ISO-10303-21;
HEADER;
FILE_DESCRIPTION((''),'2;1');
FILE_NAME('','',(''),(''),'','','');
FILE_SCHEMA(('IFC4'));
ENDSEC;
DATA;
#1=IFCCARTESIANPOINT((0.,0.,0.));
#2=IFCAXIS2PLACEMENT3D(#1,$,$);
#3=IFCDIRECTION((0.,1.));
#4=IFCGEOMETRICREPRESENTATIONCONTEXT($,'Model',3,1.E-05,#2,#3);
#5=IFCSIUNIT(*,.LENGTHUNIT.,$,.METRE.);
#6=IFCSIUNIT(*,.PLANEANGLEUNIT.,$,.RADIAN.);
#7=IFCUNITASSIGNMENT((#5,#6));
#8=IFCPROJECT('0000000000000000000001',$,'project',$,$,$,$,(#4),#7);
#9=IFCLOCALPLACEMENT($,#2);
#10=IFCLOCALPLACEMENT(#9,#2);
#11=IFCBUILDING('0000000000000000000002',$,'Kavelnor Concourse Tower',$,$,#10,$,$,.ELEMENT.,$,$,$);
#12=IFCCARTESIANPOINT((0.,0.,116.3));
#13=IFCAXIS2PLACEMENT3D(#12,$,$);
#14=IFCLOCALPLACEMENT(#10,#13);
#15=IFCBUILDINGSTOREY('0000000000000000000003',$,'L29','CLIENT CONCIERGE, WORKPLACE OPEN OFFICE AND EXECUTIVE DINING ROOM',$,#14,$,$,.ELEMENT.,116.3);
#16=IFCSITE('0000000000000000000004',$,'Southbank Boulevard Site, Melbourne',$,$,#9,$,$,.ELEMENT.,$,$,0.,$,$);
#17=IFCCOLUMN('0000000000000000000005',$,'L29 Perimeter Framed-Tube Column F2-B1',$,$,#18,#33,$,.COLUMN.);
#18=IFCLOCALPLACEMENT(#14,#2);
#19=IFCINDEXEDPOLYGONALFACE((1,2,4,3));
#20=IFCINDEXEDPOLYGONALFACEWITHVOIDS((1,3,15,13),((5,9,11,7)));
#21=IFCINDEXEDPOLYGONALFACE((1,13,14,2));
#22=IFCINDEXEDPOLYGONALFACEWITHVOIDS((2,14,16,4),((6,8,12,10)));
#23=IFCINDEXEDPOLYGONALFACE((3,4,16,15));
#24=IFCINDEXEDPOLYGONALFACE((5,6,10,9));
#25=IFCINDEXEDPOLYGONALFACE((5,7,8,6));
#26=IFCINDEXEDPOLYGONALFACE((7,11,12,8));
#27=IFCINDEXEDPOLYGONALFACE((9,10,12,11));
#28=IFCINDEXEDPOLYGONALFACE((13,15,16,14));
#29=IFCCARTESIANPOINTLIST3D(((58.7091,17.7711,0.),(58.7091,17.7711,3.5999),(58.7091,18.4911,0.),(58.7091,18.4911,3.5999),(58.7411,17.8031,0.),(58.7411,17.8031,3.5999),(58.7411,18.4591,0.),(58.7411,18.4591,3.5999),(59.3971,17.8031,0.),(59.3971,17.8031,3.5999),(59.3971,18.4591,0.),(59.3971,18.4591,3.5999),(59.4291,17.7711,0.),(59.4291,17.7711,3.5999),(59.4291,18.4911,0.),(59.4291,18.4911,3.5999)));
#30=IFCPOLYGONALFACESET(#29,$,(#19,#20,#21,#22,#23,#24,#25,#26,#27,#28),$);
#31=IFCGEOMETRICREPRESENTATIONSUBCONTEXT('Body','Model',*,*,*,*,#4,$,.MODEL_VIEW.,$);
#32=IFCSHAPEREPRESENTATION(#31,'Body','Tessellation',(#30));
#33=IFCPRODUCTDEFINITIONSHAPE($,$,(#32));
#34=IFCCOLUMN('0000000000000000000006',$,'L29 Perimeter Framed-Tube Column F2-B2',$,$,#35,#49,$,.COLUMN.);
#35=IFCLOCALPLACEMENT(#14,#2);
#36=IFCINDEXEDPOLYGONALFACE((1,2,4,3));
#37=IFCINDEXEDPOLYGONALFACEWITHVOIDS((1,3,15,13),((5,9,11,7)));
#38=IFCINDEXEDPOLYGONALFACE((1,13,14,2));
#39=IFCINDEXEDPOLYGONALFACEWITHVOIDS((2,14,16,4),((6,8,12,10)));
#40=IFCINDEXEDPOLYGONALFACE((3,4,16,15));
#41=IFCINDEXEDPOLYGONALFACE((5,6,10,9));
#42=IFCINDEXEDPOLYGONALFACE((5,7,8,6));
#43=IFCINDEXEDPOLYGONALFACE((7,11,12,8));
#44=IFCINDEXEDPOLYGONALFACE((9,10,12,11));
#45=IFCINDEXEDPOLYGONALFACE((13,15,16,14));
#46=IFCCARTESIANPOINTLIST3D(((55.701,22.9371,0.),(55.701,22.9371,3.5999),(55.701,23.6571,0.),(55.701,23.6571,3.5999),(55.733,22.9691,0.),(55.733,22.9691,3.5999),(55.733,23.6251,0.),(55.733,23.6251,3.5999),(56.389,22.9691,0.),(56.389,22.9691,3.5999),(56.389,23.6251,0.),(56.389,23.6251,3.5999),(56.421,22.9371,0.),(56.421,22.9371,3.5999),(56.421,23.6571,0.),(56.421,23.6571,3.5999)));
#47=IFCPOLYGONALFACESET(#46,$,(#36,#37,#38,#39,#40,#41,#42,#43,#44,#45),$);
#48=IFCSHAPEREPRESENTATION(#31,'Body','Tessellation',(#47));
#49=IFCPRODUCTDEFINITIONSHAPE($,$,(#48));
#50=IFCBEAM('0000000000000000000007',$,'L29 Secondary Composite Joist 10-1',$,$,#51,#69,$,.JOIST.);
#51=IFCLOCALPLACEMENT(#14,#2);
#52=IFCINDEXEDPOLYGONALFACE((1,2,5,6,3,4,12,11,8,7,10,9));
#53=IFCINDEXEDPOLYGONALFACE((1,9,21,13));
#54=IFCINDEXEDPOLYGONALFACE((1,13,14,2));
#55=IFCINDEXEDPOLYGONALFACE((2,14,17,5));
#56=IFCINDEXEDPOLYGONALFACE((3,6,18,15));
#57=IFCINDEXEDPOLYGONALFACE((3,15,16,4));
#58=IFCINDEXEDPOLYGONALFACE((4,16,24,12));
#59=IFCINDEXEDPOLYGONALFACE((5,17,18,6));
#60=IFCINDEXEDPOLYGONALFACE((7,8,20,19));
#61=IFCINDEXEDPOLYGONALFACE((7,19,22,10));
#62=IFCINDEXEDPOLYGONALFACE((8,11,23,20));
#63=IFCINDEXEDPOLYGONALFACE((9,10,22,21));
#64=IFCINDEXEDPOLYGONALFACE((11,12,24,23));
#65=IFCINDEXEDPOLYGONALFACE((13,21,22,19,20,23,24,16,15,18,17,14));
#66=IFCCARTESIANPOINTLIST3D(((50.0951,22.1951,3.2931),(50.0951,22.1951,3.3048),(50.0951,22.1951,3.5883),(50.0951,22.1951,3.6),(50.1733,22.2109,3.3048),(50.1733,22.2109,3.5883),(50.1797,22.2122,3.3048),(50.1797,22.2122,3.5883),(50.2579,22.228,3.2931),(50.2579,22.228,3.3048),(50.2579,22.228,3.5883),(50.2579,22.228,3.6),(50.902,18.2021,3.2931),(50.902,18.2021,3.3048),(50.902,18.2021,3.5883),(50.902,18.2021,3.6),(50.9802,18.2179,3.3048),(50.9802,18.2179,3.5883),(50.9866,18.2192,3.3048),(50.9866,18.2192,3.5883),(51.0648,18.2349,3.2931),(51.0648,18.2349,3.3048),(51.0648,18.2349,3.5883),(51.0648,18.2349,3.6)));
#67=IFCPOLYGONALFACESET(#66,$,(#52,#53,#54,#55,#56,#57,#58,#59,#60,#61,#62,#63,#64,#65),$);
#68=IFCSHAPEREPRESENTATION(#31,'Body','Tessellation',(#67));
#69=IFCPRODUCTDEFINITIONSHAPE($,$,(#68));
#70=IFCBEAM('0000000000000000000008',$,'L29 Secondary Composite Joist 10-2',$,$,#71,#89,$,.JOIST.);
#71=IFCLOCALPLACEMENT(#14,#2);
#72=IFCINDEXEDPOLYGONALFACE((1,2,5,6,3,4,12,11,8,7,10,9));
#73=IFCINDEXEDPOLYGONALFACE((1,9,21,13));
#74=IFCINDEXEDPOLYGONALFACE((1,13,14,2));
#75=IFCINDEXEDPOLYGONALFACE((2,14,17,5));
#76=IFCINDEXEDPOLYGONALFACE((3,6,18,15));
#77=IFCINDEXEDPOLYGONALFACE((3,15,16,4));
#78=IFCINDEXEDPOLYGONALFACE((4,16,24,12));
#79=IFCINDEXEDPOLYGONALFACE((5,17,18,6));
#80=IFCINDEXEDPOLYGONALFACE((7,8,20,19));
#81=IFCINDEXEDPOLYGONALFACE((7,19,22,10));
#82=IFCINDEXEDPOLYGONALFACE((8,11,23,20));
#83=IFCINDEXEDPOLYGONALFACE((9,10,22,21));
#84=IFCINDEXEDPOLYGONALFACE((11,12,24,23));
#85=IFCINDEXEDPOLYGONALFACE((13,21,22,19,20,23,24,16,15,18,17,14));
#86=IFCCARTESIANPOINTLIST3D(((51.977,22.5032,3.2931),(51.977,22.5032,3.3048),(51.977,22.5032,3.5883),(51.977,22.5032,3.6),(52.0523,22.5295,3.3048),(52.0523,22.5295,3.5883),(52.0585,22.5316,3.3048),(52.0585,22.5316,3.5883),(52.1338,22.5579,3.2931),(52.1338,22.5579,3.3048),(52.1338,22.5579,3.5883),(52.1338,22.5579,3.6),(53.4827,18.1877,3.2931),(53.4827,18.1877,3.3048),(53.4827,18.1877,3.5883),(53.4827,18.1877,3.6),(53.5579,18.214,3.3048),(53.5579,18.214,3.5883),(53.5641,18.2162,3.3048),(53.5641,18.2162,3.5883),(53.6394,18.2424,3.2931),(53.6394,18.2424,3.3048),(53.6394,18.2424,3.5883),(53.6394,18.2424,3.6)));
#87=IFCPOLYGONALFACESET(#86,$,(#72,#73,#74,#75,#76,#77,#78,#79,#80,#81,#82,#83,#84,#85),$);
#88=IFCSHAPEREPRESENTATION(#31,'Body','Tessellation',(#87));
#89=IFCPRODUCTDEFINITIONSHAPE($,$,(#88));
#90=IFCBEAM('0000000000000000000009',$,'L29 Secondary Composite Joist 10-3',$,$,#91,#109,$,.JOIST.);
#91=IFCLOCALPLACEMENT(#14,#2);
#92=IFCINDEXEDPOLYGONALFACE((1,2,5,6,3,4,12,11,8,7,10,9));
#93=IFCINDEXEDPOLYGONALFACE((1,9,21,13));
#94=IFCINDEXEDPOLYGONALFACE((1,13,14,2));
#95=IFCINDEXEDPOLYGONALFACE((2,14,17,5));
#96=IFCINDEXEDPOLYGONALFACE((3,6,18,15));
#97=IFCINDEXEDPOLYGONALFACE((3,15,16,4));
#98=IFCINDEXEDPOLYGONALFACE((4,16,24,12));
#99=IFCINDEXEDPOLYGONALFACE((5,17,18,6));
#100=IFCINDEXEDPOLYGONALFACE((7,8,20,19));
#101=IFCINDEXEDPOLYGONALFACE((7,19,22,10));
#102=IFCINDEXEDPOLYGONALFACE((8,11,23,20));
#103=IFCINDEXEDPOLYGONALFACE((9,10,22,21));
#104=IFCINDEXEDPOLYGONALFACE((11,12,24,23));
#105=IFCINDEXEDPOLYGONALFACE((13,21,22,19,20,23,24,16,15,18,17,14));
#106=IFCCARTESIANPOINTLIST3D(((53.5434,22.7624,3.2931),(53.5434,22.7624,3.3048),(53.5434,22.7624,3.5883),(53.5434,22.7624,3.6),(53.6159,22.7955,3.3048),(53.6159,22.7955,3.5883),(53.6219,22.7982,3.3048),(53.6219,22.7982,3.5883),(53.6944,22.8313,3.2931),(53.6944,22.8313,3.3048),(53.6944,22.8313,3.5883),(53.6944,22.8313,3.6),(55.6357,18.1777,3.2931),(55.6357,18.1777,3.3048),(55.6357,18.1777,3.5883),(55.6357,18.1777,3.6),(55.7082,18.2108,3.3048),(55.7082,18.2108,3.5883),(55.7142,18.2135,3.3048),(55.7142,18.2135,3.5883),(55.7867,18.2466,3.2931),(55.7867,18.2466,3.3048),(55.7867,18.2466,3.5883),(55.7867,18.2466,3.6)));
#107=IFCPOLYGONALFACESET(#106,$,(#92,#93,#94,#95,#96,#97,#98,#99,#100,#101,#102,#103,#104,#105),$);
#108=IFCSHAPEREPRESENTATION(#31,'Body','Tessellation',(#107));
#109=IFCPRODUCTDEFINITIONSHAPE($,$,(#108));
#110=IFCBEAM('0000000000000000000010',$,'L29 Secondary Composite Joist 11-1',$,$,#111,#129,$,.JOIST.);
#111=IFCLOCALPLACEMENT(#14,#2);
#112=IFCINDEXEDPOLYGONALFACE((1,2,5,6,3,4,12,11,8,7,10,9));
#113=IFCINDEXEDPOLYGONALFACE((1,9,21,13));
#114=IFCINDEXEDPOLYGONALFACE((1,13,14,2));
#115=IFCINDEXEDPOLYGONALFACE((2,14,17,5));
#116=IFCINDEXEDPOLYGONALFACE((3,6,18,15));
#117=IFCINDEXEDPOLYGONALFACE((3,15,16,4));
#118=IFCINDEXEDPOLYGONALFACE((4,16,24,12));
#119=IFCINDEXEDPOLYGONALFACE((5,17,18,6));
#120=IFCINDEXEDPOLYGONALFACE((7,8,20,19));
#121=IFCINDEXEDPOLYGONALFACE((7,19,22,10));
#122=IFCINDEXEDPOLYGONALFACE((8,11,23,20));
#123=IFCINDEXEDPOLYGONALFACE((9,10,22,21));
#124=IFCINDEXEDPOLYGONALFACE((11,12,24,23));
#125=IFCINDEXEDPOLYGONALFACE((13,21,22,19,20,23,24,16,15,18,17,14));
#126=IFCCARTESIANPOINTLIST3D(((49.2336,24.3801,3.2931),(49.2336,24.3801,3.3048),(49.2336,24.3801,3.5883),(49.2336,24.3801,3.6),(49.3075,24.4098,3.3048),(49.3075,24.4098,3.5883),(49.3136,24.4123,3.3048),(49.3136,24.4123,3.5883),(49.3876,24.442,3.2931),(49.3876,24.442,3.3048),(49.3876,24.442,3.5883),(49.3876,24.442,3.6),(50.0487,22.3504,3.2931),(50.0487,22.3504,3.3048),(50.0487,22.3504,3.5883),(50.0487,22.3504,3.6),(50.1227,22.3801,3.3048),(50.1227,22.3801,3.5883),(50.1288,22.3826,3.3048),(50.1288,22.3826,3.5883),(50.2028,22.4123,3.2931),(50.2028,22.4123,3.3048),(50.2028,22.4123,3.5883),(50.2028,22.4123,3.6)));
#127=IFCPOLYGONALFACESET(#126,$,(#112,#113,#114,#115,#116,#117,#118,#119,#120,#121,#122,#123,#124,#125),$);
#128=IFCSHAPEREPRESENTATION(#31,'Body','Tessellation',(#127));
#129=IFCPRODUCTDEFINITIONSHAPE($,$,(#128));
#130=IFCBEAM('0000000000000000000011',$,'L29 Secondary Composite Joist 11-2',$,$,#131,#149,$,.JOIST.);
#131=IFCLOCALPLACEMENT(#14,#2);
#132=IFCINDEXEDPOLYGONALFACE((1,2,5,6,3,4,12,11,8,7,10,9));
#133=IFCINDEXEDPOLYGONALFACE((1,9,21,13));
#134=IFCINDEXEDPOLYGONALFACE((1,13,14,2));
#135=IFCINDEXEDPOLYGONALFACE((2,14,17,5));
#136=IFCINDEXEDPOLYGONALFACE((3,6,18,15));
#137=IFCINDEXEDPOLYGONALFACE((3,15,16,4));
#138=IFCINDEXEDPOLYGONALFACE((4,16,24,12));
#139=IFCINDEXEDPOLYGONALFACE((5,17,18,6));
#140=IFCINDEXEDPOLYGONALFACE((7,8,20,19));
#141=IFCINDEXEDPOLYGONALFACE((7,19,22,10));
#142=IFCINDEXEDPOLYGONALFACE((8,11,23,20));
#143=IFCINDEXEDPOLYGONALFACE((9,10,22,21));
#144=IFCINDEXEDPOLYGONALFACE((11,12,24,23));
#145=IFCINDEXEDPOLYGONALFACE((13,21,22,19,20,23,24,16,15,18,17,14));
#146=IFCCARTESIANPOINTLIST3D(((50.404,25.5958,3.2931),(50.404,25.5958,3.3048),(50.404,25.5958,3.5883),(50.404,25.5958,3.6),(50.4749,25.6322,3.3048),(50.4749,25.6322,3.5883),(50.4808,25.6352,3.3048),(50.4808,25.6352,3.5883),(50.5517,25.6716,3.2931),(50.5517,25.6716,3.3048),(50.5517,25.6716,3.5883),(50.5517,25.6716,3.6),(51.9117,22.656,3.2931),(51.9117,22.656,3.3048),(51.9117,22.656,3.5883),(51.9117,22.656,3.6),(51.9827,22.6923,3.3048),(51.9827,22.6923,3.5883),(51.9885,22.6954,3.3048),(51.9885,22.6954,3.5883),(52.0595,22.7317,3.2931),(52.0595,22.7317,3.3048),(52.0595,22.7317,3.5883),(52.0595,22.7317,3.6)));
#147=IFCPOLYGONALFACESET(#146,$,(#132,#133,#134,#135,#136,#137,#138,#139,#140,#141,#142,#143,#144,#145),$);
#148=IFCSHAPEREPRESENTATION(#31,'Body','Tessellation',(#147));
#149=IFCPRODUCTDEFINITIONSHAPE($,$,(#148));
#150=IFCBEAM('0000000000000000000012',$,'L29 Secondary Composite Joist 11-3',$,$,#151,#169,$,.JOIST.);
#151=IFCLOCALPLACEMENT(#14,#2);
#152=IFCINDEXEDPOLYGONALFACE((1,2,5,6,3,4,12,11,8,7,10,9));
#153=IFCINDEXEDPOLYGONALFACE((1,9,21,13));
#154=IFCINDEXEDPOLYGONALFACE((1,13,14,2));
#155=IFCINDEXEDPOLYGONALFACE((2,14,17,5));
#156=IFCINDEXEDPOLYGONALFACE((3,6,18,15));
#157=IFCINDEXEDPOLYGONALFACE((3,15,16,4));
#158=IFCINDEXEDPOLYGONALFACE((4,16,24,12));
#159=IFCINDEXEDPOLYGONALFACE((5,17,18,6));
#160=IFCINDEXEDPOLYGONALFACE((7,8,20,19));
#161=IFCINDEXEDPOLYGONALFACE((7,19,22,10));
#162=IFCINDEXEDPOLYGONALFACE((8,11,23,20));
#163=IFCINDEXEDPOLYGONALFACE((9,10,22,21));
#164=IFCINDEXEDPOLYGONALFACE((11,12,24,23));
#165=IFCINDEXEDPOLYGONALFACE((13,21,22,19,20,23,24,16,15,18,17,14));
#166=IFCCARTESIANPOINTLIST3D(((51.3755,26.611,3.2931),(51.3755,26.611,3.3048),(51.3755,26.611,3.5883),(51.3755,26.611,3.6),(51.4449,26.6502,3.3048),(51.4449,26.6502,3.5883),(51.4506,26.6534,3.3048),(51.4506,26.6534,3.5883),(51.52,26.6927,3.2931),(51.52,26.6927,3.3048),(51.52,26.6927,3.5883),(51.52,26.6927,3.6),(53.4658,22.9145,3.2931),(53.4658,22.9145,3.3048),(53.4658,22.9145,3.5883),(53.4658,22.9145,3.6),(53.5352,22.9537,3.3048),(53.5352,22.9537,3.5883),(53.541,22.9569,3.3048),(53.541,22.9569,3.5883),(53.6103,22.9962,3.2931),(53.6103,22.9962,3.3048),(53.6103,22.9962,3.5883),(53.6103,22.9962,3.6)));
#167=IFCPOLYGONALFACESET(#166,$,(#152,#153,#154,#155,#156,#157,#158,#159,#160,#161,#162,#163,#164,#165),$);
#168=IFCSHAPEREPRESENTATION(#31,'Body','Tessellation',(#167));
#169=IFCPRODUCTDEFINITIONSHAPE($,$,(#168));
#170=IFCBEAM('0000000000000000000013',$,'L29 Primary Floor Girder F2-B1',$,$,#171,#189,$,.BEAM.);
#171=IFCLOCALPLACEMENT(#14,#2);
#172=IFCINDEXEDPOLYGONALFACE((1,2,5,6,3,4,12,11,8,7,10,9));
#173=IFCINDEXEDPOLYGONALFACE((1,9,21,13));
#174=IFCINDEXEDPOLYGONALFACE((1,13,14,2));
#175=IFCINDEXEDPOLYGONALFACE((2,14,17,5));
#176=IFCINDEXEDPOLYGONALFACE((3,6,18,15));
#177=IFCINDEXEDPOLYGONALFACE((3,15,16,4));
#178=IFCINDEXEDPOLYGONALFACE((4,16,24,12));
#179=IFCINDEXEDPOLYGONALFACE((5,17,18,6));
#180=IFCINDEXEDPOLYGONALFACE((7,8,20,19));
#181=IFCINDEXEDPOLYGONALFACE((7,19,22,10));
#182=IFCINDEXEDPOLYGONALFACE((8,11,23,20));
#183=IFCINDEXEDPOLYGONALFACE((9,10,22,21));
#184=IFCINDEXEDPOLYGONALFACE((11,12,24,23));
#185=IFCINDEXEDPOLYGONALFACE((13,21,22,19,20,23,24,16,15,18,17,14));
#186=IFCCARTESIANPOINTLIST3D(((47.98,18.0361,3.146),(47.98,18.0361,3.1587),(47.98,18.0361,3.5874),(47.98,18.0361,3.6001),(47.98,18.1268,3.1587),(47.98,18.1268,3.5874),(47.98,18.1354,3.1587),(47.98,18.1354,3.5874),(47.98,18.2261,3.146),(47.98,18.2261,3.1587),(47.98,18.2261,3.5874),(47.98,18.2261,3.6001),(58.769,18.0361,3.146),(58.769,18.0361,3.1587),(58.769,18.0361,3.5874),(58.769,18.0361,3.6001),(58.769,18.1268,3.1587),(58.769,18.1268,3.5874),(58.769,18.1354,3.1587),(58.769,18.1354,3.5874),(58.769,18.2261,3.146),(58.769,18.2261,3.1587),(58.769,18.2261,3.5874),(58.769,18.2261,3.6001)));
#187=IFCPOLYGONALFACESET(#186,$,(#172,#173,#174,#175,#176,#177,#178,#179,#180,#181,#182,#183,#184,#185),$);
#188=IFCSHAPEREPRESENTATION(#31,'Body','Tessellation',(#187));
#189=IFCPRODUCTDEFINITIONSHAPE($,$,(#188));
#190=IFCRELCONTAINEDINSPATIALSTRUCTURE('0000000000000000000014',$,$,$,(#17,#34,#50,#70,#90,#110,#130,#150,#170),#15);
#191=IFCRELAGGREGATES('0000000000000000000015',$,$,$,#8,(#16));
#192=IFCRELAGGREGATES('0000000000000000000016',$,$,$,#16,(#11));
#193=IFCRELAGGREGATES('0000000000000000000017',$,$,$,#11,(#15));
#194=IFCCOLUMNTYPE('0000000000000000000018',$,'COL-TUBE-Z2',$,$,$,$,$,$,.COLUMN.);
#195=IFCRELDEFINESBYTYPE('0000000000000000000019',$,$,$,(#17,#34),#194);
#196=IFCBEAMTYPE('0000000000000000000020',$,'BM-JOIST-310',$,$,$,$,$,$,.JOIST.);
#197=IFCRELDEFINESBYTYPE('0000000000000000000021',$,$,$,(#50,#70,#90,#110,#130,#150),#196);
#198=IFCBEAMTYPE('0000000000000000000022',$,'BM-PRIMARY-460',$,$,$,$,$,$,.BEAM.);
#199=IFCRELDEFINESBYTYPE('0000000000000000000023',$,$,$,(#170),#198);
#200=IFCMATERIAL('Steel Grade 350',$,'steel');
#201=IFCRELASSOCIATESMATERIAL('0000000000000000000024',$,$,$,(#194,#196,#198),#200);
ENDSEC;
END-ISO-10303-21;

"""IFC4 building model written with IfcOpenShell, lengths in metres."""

from ifc_helpers import new_model, si_unit, direction, frame, origin, origin_2d, place, context, subcontext, project, spatial, hollow_rectangle, i_section, extrude, material, material_profile, profile_set, type_object, element, save


model = new_model("IFC4")

# Units and contexts
model_context = context("Model", 3, precision=1e-05, world=origin(), true_north=direction((0.0, 1.0)))
body_context = subcontext(model_context, "Body", "Model", "MODEL_VIEW")
ifc_project = project(units=[si_unit("LENGTHUNIT", "METRE"), si_unit("PLANEANGLEUNIT", "RADIAN")], contexts=[model_context])

# Site, building, storey
site_placement = place(None, origin())
site = spatial("IfcSite", under=ifc_project, at=site_placement, Name="Southbank Boulevard Site, Melbourne", CompositionType="ELEMENT", RefElevation=0.0)
building_placement = place(site_placement, origin())
building = spatial("IfcBuilding", under=site, at=building_placement, Name="Kavelnor Concourse Tower", CompositionType="ELEMENT")
storey_placement = place(building_placement, frame((0.0, 0.0, 116.3)))
storey = spatial("IfcBuildingStorey", under=building, at=storey_placement, Name="L29", Description="CLIENT CONCIERGE, WORKPLACE OPEN OFFICE AND EXECUTIVE DINING ROOM", CompositionType="ELEMENT", Elevation=116.3)

# Columns
ifc_material_1 = material(Name="Steel Grade 350", Category="steel")
ifc_material_profile_1 = material_profile(ifc_material_1, hollow_rectangle(XDim=0.72, YDim=0.72, WallThickness=0.032, at=origin_2d()), Name="SHS 720x720x32")
ifc_profile_set_1 = profile_set([ifc_material_profile_1], Name="Steel Grade 350")
column_type = type_object("IfcColumnType", Name="COL-TUBE-Z2", PredefinedType="COLUMN", material=ifc_profile_set_1)
for number, where, z_axis, x_axis, name in (
    (1, (59.0691, 18.1311, 0.0), (0.0, 0.0, 1.0), (1.0, 0.0, 0.0), "L29 Perimeter Framed-Tube Column F2-B1"),
    (2, (56.061, 23.2971, 0.0), (0.0, 0.0, 1.0), (1.0, 0.0, 0.0), "L29 Perimeter Framed-Tube Column F2-B2"),
):
    element("IfcColumn", number, at=place(storey_placement, frame(where, z_axis=z_axis, x_axis=x_axis)), inside=storey, type_object=column_type, Name=name, PredefinedType="COLUMN", context=body_context, shape_type="SweptSolid", body=[
        extrude(hollow_rectangle(XDim=0.72, YDim=0.72, WallThickness=0.032, at=origin_2d()), origin(), (0.0, 0.0, 1.0), 3.5999),
    ])

# Beams
ifc_material_profile_2 = material_profile(ifc_material_1, i_section(OverallWidth=0.166, OverallDepth=0.3069, WebThickness=0.0066, FlangeThickness=0.0117, at=origin_2d()), Name="310UB46")
ifc_profile_set_2 = profile_set([ifc_material_profile_2], Name="Steel Grade 350")
beam_type_1 = type_object("IfcBeamType", Name="BM-JOIST-310", PredefinedType="JOIST", material=ifc_profile_set_2)
beam_1_placement = place(storey_placement, frame((50.9834, 18.2185, 3.4465), z_axis=(-0.198075, 0.980187, 0.0), x_axis=(-0.980187, -0.198075, 0.0)))
element("IfcBeam", 3, at=beam_1_placement, inside=storey, type_object=beam_type_1, Name="L29 Secondary Composite Joist 10-1", PredefinedType="JOIST", context=body_context, shape_type="SweptSolid", body=[
    extrude(i_section(OverallWidth=0.166, OverallDepth=0.3069, WebThickness=0.0066, FlangeThickness=0.0117, at=origin_2d()), origin(), (0.0, 0.0, 1.0), 4.0737),
])
beam_2_placement = place(storey_placement, frame((53.561, 18.2151, 3.4465), z_axis=(-0.329418, 0.944184, 0.0), x_axis=(-0.944184, -0.329418, 0.0)))
element("IfcBeam", 4, at=beam_2_placement, inside=storey, type_object=beam_type_1, Name="L29 Secondary Composite Joist 10-2", PredefinedType="JOIST", context=body_context, shape_type="SweptSolid", body=[
    extrude(i_section(OverallWidth=0.166, OverallDepth=0.3069, WebThickness=0.0066, FlangeThickness=0.0117, at=origin_2d()), origin(), (0.0, 0.0, 1.0), 4.5706),
])
beam_3_placement = place(storey_placement, frame((55.7112, 18.2122, 3.4465), z_axis=(-0.415171, 0.909743, 0.0), x_axis=(-0.909743, -0.415171, 0.0)))
element("IfcBeam", 5, at=beam_3_placement, inside=storey, type_object=beam_type_1, Name="L29 Secondary Composite Joist 10-3", PredefinedType="JOIST", context=body_context, shape_type="SweptSolid", body=[
    extrude(i_section(OverallWidth=0.166, OverallDepth=0.3069, WebThickness=0.0066, FlangeThickness=0.0117, at=origin_2d()), origin(), (0.0, 0.0, 1.0), 5.0396),
])
beam_4_placement = place(storey_placement, frame((50.1257, 22.3813, 3.4465), z_axis=(-0.37268, 0.92796, 0.0), x_axis=(-0.92796, -0.37268, 0.0)))
element("IfcBeam", 6, at=beam_4_placement, inside=storey, type_object=beam_type_1, Name="L29 Secondary Composite Joist 11-1", PredefinedType="JOIST", context=body_context, shape_type="SweptSolid", body=[
    extrude(i_section(OverallWidth=0.166, OverallDepth=0.3069, WebThickness=0.0066, FlangeThickness=0.0117, at=origin_2d()), origin(), (0.0, 0.0, 1.0), 2.1873),
])
beam_5_placement = place(storey_placement, frame((51.9856, 22.6938, 3.4465), z_axis=(-0.456353, 0.889799, 0.0), x_axis=(-0.889799, -0.456353, 0.0)))
element("IfcBeam", 7, at=beam_5_placement, inside=storey, type_object=beam_type_1, Name="L29 Secondary Composite Joist 11-2", PredefinedType="JOIST", context=body_context, shape_type="SweptSolid", body=[
    extrude(i_section(OverallWidth=0.166, OverallDepth=0.3069, WebThickness=0.0066, FlangeThickness=0.0117, at=origin_2d()), origin(), (0.0, 0.0, 1.0), 3.304),
])
beam_6_placement = place(storey_placement, frame((53.5381, 22.9553, 3.4465), z_axis=(-0.492233, 0.870463, 0.0), x_axis=(-0.870463, -0.492233, 0.0)))
element("IfcBeam", 8, at=beam_6_placement, inside=storey, type_object=beam_type_1, Name="L29 Secondary Composite Joist 11-3", PredefinedType="JOIST", context=body_context, shape_type="SweptSolid", body=[
    extrude(i_section(OverallWidth=0.166, OverallDepth=0.3069, WebThickness=0.0066, FlangeThickness=0.0117, at=origin_2d()), origin(), (0.0, 0.0, 1.0), 4.2466),
])
ifc_material_profile_3 = material_profile(ifc_material_1, i_section(OverallWidth=0.1899, OverallDepth=0.4541, WebThickness=0.0085, FlangeThickness=0.0127, at=origin_2d()), Name="460UB67")
ifc_profile_set_3 = profile_set([ifc_material_profile_3], Name="Steel Grade 350")
beam_type_2 = type_object("IfcBeamType", Name="BM-PRIMARY-460", PredefinedType="BEAM", material=ifc_profile_set_3)
beam_7_placement = place(storey_placement, frame((47.98, 18.1311, 3.373), z_axis=(1.0, 0.0, 0.0), x_axis=(0.0, 1.0, 0.0)))
element("IfcBeam", 9, at=beam_7_placement, inside=storey, type_object=beam_type_2, Name="L29 Primary Floor Girder F2-B1", PredefinedType="BEAM", context=body_context, shape_type="SweptSolid", body=[
    extrude(i_section(OverallWidth=0.1899, OverallDepth=0.4541, WebThickness=0.0085, FlangeThickness=0.0127, at=origin_2d()), origin(), (0.0, 0.0, 1.0), 10.7891),
])

save(model, "model.ifc")
